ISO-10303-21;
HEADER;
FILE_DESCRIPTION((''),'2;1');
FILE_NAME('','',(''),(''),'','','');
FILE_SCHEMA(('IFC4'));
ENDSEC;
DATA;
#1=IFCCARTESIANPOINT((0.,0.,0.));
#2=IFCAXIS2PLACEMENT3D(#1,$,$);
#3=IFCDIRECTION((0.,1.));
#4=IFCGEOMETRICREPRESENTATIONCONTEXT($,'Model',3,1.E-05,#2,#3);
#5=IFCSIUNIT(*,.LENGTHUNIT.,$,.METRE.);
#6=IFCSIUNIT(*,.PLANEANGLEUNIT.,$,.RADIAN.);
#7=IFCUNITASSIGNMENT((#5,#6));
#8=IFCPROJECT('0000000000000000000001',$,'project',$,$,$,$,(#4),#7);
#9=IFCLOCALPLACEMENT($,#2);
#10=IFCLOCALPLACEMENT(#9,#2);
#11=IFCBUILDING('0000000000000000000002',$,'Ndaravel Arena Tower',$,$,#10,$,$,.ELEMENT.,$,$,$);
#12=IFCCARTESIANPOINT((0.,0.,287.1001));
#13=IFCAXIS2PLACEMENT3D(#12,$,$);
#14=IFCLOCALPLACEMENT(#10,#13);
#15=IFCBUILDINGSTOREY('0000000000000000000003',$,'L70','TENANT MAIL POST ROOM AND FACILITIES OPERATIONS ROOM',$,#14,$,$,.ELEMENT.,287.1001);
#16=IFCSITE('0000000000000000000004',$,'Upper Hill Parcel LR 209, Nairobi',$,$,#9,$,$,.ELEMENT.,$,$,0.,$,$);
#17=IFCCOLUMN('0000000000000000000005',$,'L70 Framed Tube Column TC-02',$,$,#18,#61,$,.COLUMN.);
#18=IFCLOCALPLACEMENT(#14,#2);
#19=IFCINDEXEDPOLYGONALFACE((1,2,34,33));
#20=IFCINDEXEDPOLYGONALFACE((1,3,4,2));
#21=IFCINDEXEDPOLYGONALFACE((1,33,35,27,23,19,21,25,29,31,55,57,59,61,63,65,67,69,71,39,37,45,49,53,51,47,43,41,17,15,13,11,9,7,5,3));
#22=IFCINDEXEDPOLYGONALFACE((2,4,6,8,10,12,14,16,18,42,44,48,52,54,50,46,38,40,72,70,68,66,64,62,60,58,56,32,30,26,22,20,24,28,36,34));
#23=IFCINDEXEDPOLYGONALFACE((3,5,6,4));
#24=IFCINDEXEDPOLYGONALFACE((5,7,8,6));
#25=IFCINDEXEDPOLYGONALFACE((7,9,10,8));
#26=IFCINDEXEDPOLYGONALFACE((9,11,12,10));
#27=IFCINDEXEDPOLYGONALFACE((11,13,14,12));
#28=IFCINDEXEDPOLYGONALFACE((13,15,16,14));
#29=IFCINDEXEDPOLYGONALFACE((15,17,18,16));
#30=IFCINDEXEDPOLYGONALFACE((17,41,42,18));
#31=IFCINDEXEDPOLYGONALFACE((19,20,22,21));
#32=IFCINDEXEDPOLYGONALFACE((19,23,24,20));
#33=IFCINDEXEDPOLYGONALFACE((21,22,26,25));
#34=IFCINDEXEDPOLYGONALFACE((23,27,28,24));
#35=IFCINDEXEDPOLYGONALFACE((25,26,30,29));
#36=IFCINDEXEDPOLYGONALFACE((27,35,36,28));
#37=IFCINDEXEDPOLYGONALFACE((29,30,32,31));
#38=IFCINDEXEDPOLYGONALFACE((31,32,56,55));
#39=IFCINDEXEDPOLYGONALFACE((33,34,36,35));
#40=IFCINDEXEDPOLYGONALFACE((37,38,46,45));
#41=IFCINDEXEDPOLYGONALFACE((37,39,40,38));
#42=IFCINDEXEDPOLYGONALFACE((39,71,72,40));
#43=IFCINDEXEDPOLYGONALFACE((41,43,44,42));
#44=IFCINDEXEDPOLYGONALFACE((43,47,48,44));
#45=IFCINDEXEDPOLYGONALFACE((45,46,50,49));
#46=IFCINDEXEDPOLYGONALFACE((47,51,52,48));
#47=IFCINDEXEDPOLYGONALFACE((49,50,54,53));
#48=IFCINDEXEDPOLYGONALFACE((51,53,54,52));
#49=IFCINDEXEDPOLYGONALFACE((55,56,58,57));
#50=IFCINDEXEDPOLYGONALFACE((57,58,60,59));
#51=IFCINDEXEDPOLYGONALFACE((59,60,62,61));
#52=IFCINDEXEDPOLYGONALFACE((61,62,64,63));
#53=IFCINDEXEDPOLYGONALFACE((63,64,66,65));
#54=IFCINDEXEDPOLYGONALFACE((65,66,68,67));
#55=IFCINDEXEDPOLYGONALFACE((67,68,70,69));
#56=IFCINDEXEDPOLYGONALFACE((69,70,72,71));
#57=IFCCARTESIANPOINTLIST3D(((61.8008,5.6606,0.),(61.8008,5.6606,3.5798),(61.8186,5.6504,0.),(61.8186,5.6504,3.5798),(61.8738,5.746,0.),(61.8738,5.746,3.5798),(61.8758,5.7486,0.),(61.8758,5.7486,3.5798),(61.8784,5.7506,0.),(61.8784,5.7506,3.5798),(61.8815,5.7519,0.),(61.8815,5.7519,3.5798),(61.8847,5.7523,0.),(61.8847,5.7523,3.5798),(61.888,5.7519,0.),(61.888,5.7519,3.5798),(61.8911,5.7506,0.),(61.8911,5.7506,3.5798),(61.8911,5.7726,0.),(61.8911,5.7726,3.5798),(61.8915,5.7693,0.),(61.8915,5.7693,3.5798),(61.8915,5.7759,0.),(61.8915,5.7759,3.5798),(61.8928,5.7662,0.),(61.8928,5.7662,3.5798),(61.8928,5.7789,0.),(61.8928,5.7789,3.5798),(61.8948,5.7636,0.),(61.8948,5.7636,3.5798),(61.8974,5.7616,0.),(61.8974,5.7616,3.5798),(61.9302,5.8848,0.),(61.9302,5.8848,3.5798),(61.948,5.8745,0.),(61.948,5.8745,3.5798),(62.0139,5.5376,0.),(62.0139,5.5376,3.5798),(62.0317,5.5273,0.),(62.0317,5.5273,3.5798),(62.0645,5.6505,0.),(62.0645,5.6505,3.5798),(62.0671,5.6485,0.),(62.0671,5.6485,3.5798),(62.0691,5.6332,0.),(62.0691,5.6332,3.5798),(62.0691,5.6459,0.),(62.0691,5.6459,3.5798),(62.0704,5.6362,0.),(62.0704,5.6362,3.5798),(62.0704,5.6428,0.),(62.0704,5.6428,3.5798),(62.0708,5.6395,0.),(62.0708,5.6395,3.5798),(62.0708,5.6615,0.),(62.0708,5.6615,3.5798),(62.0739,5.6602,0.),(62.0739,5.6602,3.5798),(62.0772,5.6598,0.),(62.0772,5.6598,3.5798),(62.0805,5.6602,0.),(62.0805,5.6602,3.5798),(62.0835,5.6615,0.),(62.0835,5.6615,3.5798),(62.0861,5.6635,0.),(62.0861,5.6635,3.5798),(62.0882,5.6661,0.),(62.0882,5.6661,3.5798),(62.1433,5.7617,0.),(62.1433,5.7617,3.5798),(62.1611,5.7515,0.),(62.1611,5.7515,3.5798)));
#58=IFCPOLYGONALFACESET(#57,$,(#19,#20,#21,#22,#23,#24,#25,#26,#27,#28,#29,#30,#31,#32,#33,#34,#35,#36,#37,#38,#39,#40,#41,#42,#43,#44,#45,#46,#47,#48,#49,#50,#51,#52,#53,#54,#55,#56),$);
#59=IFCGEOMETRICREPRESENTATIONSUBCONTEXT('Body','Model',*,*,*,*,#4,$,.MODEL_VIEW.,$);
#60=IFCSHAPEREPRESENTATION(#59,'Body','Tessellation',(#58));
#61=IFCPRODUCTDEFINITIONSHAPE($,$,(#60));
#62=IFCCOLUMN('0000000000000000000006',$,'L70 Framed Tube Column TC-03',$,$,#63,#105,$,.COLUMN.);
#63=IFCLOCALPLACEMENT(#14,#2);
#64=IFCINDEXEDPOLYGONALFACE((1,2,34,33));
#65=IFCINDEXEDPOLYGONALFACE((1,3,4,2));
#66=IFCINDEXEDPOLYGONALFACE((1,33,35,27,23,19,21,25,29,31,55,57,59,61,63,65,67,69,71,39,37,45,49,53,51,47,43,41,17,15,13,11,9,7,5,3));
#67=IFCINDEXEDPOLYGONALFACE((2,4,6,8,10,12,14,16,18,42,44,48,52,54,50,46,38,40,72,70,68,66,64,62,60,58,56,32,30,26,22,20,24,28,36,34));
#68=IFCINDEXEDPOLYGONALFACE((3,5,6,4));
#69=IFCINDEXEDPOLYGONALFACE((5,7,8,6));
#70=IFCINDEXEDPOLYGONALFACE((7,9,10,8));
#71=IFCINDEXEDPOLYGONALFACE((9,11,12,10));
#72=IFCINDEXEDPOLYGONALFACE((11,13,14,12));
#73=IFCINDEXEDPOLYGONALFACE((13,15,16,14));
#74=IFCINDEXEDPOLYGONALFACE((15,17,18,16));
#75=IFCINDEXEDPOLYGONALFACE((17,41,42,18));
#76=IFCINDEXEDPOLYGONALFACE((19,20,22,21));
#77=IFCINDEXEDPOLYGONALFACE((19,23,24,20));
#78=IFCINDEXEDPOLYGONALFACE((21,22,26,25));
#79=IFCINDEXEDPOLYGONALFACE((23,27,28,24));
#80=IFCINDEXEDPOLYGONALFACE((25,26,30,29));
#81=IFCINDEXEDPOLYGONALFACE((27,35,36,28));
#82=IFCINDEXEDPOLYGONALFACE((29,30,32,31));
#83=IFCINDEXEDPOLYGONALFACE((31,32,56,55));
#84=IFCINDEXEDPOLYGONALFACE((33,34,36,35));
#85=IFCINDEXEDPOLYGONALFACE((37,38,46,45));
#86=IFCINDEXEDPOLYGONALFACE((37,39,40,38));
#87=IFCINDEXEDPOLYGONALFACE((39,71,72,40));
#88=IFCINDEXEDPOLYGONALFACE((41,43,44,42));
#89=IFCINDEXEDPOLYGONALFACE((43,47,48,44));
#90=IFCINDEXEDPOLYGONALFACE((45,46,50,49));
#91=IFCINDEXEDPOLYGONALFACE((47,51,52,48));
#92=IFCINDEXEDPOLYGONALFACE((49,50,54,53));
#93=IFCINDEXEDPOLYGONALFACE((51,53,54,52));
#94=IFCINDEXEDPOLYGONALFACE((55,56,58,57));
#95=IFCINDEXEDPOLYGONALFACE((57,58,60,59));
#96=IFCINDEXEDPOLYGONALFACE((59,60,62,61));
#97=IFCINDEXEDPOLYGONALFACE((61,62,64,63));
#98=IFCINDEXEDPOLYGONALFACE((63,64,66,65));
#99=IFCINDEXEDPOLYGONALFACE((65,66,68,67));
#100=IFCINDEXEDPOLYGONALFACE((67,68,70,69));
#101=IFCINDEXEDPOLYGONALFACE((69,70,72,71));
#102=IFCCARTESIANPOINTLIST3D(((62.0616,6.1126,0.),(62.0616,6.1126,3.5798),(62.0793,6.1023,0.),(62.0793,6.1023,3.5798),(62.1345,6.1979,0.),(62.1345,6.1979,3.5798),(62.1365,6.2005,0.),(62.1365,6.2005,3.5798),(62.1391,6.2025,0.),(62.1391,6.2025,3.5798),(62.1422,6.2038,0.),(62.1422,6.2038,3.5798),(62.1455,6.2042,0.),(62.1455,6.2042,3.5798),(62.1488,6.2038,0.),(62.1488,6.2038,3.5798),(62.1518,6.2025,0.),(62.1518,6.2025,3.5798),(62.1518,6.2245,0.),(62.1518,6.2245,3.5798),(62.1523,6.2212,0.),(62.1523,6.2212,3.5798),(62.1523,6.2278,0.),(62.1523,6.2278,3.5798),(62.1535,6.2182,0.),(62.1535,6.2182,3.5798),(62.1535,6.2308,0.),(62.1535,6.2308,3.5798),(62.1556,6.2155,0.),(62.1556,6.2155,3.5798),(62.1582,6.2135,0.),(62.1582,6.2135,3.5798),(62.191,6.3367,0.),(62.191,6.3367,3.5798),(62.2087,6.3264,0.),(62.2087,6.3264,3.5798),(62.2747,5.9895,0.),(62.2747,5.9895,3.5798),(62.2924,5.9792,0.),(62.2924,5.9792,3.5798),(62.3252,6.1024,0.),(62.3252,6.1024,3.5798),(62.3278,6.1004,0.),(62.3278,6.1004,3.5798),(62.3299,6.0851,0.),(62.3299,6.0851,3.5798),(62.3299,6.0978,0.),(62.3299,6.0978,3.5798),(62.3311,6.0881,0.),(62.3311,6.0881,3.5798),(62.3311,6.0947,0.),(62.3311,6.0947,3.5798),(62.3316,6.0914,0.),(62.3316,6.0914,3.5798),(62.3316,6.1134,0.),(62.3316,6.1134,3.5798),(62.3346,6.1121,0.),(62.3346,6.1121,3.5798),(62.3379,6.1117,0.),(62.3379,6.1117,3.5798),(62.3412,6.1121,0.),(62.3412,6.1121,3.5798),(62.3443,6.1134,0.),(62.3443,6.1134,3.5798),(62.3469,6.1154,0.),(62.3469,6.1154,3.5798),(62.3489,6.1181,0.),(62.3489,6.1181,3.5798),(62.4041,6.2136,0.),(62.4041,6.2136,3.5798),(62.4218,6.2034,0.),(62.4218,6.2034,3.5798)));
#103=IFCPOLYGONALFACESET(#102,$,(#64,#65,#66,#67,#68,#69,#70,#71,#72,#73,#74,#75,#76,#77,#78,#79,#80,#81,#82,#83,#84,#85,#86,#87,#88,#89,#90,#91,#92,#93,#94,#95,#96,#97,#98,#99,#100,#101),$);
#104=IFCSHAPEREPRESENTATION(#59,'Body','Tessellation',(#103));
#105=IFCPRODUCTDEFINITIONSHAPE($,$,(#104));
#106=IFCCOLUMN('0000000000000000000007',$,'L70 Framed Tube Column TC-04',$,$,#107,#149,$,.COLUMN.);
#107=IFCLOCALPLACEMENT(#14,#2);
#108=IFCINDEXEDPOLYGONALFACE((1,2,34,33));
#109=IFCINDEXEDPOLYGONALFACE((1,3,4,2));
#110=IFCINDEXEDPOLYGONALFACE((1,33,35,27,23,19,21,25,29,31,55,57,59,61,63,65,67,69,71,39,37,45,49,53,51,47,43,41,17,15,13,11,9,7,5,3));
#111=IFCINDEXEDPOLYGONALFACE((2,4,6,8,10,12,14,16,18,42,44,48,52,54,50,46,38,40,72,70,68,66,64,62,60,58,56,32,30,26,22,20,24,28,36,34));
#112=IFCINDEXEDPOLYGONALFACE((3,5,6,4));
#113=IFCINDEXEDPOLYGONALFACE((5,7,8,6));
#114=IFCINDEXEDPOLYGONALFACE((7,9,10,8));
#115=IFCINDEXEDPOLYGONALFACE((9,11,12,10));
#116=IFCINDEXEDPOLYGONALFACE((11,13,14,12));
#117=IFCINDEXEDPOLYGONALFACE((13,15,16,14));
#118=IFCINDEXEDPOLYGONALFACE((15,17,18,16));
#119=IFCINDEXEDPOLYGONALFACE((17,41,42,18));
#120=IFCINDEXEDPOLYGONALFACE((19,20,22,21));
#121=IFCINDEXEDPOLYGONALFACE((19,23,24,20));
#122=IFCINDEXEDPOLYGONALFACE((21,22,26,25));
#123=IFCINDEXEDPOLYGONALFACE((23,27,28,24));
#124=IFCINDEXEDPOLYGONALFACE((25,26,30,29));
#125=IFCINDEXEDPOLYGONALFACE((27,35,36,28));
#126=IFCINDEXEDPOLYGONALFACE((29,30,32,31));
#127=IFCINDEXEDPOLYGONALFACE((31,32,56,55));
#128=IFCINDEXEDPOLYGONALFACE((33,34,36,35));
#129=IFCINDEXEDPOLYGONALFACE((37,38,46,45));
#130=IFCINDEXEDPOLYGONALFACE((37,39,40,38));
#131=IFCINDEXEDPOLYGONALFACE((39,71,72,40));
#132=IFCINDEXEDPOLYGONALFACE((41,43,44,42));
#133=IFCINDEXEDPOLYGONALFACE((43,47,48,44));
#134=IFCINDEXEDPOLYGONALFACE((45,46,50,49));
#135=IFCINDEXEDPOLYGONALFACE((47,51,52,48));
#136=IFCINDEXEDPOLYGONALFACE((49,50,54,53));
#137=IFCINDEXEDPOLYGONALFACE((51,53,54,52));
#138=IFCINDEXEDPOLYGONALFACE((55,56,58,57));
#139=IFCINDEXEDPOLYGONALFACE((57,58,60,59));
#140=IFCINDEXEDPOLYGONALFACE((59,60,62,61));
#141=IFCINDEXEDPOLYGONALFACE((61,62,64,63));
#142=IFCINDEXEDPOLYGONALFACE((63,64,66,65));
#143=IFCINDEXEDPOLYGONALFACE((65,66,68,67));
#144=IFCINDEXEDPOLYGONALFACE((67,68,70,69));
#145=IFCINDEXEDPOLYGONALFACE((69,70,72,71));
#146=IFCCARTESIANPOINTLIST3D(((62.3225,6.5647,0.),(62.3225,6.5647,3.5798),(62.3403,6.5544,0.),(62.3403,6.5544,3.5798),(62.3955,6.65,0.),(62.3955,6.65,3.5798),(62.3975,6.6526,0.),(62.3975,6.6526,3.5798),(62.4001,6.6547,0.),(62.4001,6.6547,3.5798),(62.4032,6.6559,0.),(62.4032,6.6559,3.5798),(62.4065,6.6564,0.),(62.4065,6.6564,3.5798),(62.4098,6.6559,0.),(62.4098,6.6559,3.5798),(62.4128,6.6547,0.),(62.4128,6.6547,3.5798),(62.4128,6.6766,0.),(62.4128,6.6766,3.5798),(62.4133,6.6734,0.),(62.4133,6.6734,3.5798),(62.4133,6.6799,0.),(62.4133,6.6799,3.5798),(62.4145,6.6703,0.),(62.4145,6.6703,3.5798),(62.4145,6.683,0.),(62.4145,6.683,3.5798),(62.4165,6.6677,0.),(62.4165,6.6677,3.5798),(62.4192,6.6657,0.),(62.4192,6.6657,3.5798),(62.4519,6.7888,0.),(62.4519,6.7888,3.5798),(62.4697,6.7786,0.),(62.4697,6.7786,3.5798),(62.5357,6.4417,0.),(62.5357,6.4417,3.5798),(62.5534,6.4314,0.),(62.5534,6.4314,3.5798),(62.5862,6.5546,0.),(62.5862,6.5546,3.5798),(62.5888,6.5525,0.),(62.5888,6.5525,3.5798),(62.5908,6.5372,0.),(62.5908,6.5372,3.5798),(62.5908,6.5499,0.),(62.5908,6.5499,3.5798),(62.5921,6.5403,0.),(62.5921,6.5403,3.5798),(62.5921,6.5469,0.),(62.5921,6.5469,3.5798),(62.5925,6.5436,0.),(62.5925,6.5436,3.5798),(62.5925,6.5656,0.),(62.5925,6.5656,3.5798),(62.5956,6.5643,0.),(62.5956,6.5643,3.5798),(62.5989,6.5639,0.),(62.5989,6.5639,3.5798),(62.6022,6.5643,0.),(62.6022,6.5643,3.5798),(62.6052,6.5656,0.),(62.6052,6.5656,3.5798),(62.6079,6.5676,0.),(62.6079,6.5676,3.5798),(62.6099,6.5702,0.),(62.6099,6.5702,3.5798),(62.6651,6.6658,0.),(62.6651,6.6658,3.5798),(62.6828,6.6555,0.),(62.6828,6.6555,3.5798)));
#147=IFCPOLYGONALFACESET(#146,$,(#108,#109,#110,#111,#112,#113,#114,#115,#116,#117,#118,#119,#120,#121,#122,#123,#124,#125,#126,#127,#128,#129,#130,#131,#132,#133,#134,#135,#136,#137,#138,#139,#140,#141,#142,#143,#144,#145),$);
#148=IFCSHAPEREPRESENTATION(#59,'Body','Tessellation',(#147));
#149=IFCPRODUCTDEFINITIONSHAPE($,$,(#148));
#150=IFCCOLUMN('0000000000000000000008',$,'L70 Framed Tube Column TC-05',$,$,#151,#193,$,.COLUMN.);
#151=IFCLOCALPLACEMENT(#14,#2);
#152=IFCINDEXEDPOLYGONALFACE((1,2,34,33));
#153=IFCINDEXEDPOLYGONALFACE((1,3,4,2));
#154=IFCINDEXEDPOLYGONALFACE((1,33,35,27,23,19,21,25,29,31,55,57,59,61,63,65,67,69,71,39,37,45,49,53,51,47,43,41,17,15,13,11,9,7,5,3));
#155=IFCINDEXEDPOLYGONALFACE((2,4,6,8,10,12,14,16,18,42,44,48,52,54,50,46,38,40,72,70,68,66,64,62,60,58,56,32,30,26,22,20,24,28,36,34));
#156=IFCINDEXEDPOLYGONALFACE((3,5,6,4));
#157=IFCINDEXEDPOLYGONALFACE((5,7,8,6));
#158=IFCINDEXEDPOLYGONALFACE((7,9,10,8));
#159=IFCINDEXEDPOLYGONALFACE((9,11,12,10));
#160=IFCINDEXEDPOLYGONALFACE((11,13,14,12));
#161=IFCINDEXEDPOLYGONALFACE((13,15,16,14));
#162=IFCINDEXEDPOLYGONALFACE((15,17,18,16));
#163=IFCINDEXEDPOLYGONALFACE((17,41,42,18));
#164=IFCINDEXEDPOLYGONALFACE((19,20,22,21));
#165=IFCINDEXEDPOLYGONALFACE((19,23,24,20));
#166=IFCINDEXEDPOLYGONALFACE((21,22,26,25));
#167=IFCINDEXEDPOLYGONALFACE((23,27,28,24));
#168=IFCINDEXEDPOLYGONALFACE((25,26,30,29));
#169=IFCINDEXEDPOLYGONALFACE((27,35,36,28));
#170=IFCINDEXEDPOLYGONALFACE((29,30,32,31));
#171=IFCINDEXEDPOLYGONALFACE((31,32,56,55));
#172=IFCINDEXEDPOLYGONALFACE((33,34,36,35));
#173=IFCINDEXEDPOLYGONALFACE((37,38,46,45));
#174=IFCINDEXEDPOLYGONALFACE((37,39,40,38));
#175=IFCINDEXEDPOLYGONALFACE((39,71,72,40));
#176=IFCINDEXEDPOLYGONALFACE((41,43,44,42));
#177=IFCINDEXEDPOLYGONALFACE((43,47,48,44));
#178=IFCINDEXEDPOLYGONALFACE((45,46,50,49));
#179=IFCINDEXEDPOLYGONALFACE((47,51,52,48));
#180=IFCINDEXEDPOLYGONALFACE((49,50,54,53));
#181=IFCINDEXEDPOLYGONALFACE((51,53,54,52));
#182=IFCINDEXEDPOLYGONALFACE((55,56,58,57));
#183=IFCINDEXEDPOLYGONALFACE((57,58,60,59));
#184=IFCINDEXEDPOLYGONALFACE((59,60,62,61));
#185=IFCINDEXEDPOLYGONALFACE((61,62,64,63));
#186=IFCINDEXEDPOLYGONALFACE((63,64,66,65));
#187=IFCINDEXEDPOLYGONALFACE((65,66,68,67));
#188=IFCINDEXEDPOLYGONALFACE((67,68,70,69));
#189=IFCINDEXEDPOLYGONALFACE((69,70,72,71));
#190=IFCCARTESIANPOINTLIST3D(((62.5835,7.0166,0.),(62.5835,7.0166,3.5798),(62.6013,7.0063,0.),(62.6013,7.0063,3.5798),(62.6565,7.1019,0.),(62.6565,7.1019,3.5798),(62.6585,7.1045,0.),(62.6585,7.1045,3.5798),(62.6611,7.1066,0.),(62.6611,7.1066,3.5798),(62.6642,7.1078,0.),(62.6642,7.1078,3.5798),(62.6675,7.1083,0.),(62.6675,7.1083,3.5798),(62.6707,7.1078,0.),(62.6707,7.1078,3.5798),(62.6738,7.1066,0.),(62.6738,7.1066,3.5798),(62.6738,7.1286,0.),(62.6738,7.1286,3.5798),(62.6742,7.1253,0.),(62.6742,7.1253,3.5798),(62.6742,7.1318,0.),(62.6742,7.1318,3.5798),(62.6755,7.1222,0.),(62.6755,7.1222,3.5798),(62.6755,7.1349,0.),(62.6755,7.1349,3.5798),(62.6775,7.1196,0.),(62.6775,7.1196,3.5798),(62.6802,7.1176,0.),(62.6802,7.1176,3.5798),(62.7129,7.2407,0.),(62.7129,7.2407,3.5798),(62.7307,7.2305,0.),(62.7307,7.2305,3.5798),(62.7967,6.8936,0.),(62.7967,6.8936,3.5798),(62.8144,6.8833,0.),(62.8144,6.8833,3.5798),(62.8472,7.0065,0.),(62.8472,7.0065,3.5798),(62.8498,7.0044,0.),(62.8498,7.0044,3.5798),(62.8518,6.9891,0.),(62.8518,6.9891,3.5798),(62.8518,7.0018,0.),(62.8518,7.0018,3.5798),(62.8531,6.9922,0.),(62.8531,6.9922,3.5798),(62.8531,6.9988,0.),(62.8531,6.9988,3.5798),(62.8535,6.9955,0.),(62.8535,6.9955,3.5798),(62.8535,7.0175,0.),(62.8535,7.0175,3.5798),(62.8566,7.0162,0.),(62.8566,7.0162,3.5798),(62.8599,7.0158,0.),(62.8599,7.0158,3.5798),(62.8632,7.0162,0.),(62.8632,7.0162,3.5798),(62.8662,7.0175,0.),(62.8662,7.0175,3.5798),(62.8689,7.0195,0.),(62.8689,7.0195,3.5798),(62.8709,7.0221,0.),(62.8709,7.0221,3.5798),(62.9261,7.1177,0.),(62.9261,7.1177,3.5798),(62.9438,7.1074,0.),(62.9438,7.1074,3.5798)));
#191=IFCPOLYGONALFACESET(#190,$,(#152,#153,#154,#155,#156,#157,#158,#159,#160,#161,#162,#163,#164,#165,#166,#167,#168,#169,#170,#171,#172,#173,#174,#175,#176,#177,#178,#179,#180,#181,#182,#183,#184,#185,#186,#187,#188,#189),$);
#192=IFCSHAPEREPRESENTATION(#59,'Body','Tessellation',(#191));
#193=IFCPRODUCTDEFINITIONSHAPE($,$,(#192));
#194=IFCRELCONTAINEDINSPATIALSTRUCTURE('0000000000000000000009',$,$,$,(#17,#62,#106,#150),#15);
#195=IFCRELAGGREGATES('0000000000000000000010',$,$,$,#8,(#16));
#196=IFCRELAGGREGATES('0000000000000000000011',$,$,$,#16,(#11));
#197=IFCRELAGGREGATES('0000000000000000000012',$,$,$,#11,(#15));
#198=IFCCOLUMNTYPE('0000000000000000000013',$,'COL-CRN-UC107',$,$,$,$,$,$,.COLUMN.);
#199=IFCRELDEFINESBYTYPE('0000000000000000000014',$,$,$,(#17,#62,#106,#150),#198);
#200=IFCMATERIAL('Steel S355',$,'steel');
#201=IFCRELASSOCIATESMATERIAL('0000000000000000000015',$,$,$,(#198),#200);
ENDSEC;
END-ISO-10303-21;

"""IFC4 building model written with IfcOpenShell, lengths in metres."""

from ifc_helpers import new_model, si_unit, direction, frame, origin, origin_2d, place, context, subcontext, project, spatial, i_section, extrude, material, material_profile, profile_set, type_object, element, save


model = new_model("IFC4")

# Units and contexts
model_context = context("Model", 3, precision=1e-05, world=origin(), true_north=direction((0.0, 1.0)))
body_context = subcontext(model_context, "Body", "Model", "MODEL_VIEW")
ifc_project = project(units=[si_unit("LENGTHUNIT", "METRE"), si_unit("PLANEANGLEUNIT", "RADIAN")], contexts=[model_context])

# Site, building, storey
site_placement = place(None, origin())
site = spatial("IfcSite", under=ifc_project, at=site_placement, Name="Upper Hill Parcel LR 209, Nairobi", CompositionType="ELEMENT", RefElevation=0.0)
building_placement = place(site_placement, origin())
building = spatial("IfcBuilding", under=site, at=building_placement, Name="Ndaravel Arena Tower", CompositionType="ELEMENT")
storey_placement = place(building_placement, frame((0.0, 0.0, 287.1001)))
storey = spatial("IfcBuildingStorey", under=building, at=storey_placement, Name="L70", Description="TENANT MAIL POST ROOM AND FACILITIES OPERATIONS ROOM", CompositionType="ELEMENT", Elevation=287.1001)

# Columns
ifc_material_1 = material(Name="Steel S355", Category="steel")
ifc_material_profile_1 = material_profile(ifc_material_1, i_section(OverallWidth=0.2588, OverallDepth=0.2666, WebThickness=0.0127, FlangeThickness=0.0205, FilletRadius=0.0127, at=origin_2d()), Name="UC 254x254x107")
ifc_profile_set_1 = profile_set([ifc_material_profile_1], Name="Steel S355")
column_type = type_object("IfcColumnType", Name="COL-CRN-UC107", PredefinedType="COLUMN", material=ifc_profile_set_1)
for number, where, z_axis, x_axis, name in (
    (1, (61.981, 5.7061, 0.0), (0.0, 0.0, 1.0), (0.5, 0.866025, 0.0), "L70 Framed Tube Column TC-02"),
    (2, (62.2417, 6.158, 0.0), (0.0, 0.0, 1.0), (0.5, 0.866025, 0.0), "L70 Framed Tube Column TC-03"),
    (3, (62.5027, 6.6101, 0.0), (0.0, 0.0, 1.0), (0.5, 0.866025, 0.0), "L70 Framed Tube Column TC-04"),
    (4, (62.7637, 7.062, 0.0), (0.0, 0.0, 1.0), (0.5, 0.866025, 0.0), "L70 Framed Tube Column TC-05"),
):
    element("IfcColumn", number, at=place(storey_placement, frame(where, z_axis=z_axis, x_axis=x_axis)), inside=storey, type_object=column_type, Name=name, PredefinedType="COLUMN", context=body_context, shape_type="SweptSolid", body=[
        extrude(i_section(OverallWidth=0.2588, OverallDepth=0.2666, WebThickness=0.0127, FlangeThickness=0.0205, FilletRadius=0.0127, at=origin_2d()), origin(), (0.0, 0.0, 1.0), 3.5798),
    ])

save(model, "model.ifc")
